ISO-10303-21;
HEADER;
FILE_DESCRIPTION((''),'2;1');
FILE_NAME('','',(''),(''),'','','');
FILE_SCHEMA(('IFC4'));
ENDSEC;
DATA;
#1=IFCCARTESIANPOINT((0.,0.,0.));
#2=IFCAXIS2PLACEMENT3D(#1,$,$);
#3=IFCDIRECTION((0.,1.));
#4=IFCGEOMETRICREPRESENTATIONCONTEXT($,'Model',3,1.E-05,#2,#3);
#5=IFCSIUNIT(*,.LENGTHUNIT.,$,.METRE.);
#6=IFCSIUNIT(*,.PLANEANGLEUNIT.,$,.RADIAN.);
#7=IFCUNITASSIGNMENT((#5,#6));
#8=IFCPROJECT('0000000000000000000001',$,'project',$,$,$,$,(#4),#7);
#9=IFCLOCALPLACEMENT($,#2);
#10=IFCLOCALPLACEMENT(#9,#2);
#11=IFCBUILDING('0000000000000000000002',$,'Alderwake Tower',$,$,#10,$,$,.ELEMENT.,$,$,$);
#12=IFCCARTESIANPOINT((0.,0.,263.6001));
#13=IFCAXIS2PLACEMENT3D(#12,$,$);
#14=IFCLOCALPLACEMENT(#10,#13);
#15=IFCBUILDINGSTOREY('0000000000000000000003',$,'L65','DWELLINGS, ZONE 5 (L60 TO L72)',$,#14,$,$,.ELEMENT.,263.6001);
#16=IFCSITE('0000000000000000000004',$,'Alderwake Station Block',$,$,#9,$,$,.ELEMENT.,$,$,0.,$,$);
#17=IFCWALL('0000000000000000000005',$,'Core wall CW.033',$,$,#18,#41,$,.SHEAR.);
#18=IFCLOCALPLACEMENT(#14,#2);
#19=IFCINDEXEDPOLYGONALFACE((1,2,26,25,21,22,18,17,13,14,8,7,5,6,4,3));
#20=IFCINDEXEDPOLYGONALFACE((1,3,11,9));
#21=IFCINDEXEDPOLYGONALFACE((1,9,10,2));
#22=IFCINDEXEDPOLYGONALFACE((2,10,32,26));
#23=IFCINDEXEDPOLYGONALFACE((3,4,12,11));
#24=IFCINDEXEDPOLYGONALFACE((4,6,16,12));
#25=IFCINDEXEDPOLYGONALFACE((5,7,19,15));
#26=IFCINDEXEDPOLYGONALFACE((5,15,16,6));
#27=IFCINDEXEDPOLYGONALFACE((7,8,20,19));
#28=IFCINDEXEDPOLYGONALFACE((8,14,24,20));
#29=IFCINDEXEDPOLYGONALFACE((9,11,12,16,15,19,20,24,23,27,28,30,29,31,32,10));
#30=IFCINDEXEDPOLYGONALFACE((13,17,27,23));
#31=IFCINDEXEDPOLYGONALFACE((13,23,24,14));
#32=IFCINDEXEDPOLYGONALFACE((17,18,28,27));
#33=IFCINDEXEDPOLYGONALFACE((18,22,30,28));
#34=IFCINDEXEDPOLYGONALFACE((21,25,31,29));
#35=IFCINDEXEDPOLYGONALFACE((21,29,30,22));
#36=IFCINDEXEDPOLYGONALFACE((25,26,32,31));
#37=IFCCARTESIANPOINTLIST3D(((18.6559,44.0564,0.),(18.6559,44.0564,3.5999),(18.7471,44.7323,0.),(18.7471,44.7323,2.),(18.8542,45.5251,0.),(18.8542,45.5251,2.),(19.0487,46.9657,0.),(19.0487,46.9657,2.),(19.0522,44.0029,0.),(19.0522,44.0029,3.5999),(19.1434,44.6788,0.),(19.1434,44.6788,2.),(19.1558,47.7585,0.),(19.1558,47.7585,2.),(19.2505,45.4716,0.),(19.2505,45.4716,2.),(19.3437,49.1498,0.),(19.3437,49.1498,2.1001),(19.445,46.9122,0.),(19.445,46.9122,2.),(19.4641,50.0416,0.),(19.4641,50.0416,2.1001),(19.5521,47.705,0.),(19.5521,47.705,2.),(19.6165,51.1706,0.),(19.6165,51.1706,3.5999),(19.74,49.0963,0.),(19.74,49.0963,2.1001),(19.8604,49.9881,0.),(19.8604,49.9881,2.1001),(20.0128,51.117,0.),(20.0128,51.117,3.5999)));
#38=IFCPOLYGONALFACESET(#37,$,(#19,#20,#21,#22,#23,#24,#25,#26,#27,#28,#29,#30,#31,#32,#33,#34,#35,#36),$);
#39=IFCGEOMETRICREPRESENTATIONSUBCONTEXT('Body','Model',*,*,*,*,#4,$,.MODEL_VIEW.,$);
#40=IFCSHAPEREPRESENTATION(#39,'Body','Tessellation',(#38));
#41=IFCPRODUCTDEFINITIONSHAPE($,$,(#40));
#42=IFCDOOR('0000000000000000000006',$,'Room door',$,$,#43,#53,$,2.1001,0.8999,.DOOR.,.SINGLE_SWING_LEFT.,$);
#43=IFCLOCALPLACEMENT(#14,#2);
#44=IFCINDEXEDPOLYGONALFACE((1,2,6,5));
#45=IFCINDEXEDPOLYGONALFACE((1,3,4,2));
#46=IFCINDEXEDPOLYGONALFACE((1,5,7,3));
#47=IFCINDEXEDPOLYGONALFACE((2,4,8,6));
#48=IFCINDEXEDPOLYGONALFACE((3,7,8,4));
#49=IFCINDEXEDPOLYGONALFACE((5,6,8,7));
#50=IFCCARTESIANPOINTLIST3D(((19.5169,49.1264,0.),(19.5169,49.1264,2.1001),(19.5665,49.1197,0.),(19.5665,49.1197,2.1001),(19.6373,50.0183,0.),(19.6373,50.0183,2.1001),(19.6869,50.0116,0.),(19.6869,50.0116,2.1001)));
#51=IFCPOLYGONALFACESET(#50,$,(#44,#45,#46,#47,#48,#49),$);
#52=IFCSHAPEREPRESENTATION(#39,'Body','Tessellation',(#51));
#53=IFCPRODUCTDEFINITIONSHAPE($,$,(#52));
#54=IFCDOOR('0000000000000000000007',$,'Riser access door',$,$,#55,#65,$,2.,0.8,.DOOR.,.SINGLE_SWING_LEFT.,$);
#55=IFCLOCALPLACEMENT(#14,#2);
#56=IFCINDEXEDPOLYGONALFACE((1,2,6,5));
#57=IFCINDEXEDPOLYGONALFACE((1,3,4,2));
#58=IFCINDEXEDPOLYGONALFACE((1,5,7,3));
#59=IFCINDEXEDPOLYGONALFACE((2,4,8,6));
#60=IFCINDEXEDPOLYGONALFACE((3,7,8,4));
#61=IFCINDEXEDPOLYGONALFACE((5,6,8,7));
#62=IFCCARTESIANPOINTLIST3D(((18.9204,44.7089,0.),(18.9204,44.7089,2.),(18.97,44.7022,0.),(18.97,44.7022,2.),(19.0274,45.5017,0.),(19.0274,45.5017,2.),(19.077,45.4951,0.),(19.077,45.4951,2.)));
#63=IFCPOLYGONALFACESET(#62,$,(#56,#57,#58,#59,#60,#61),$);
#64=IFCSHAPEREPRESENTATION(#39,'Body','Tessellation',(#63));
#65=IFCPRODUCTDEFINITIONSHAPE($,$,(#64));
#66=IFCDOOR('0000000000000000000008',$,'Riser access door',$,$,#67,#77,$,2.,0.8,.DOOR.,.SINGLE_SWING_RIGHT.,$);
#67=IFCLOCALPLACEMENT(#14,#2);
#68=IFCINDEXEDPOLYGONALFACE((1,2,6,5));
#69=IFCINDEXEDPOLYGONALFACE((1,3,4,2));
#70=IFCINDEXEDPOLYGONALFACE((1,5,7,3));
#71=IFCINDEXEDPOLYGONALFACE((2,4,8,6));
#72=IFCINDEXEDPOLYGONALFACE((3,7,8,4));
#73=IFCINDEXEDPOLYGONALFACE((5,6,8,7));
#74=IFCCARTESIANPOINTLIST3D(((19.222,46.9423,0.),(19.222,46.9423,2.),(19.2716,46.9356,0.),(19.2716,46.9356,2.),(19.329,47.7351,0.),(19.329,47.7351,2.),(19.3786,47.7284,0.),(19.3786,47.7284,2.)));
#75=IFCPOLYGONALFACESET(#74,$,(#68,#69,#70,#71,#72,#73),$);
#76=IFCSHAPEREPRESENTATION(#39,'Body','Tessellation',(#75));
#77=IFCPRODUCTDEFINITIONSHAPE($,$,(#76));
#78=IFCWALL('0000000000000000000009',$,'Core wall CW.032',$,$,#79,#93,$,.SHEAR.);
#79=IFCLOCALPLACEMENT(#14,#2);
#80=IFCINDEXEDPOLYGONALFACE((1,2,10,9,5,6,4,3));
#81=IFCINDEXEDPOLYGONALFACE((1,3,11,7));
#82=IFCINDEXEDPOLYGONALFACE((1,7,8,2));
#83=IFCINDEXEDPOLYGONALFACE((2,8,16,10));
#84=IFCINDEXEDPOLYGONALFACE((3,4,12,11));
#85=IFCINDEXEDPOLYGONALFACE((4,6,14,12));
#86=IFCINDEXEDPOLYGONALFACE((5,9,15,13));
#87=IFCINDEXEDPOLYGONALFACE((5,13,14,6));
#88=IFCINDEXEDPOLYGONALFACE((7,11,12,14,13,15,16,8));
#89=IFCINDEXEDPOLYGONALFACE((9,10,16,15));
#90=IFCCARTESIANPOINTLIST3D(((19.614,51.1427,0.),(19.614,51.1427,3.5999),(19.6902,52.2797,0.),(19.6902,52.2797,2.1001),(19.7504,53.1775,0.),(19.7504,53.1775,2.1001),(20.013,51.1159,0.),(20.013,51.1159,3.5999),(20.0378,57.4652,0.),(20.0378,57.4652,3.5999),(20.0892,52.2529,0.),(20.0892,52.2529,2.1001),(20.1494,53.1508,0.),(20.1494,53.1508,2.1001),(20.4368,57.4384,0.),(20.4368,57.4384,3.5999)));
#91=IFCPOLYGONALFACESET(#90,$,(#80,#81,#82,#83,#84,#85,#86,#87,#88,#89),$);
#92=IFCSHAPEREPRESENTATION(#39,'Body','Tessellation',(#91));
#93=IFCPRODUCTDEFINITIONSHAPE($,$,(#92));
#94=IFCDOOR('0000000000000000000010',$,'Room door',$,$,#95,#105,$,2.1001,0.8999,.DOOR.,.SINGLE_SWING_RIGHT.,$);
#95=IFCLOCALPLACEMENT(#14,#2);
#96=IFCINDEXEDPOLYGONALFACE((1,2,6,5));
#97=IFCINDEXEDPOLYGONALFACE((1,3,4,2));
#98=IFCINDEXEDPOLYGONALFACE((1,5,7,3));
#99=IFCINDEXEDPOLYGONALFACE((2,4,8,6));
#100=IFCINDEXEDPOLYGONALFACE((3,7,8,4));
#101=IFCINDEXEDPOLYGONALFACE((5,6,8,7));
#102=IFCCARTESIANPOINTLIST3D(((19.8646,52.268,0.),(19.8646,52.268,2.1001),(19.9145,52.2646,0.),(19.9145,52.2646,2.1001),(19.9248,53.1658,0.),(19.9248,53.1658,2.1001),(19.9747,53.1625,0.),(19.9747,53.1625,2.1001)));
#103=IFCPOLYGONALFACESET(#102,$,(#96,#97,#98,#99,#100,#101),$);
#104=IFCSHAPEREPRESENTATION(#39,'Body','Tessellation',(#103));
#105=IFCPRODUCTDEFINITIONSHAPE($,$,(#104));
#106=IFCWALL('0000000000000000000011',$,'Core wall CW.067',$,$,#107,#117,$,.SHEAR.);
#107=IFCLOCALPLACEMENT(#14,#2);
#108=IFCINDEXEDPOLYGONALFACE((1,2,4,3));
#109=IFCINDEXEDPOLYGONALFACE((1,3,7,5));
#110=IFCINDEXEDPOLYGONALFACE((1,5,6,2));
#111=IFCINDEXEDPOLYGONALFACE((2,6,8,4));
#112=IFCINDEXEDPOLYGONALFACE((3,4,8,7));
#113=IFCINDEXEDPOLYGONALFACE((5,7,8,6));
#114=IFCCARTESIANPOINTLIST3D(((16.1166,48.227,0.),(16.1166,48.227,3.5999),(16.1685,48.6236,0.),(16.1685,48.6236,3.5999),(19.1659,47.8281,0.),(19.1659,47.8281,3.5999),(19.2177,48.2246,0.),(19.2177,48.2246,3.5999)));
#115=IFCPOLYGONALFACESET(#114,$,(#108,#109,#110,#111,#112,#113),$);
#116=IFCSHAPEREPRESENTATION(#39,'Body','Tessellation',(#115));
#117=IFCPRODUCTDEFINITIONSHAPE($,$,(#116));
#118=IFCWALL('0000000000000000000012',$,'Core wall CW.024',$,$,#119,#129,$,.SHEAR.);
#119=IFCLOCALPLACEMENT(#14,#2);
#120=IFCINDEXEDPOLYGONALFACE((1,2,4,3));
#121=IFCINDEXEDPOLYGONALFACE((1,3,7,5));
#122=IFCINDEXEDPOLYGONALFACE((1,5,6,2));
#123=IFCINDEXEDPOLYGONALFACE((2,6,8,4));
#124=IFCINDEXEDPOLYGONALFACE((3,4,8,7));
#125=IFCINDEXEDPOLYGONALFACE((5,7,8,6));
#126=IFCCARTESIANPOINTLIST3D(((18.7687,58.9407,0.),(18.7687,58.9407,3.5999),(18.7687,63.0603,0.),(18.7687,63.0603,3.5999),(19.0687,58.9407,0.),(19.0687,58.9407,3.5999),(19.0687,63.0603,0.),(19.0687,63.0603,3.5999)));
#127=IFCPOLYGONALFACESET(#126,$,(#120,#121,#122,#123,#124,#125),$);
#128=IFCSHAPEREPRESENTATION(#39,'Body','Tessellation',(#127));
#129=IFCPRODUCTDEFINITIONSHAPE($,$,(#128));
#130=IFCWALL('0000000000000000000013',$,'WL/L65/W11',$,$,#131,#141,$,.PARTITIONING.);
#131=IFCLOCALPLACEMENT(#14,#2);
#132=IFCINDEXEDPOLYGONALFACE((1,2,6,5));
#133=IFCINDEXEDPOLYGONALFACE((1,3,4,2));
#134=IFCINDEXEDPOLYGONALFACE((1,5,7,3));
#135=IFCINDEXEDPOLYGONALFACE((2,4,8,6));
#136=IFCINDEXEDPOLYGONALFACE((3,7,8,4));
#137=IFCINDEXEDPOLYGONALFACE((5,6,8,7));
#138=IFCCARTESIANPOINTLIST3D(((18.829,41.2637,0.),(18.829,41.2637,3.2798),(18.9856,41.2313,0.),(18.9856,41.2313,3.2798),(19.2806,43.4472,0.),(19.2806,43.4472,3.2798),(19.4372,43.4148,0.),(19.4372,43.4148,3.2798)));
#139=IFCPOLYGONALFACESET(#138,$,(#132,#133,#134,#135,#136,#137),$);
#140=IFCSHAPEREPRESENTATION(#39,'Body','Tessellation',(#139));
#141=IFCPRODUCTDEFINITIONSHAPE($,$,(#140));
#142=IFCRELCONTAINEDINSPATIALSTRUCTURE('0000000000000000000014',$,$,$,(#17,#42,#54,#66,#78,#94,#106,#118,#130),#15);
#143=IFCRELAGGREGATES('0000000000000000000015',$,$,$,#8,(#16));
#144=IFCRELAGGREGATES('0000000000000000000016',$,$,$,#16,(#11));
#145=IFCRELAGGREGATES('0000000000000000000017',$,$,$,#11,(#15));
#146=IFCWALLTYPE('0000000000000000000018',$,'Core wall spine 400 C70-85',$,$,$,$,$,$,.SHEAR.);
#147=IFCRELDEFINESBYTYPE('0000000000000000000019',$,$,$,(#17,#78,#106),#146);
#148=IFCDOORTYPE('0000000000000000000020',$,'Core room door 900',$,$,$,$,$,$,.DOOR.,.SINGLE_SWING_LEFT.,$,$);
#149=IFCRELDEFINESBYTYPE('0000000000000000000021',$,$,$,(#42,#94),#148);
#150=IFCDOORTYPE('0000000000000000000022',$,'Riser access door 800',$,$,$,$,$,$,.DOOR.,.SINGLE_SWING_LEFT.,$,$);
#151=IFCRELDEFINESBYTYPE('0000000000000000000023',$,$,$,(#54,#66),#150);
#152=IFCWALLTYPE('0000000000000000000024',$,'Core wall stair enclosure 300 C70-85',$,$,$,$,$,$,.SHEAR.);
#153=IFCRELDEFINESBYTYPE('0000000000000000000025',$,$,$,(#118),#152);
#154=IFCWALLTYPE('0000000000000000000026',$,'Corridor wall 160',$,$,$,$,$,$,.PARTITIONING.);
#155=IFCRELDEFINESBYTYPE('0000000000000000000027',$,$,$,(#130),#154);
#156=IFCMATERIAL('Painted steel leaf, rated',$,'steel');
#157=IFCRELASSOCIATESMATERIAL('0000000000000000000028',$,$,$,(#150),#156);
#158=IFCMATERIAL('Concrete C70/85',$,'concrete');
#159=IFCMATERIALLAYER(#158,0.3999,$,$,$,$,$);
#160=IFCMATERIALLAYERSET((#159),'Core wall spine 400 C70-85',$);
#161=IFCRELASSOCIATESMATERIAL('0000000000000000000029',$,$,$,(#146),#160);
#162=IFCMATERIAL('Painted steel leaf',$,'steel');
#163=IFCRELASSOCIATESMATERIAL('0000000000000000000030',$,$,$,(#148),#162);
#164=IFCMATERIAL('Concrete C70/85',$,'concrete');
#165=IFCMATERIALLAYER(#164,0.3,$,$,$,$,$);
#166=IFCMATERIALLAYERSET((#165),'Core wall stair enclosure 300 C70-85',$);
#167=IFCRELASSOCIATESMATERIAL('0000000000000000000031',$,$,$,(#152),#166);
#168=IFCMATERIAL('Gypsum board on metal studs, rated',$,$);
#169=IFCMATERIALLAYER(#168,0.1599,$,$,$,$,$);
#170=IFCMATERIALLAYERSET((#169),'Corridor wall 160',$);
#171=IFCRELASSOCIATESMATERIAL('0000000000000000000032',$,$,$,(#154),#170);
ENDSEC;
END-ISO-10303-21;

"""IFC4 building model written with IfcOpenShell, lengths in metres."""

from ifc_helpers import new_model, si_unit, direction, frame, frame_2d, origin, place, context, subcontext, project, spatial, rectangle, extrude, material, layer, layer_set, type_object, element, fill, save


model = new_model("IFC4")

# Units and contexts
model_context = context("Model", 3, precision=1e-05, world=origin(), true_north=direction((0.0, 1.0)))
body_context = subcontext(model_context, "Body", "Model", "MODEL_VIEW")
ifc_project = project(units=[si_unit("LENGTHUNIT", "METRE"), si_unit("PLANEANGLEUNIT", "RADIAN")], contexts=[model_context])

# Site, building, storey
site_placement = place(None, origin())
site = spatial("IfcSite", under=ifc_project, at=site_placement, Name="Alderwake Station Block", CompositionType="ELEMENT", RefElevation=0.0)
building_placement = place(site_placement, origin())
building = spatial("IfcBuilding", under=site, at=building_placement, Name="Alderwake Tower", CompositionType="ELEMENT")
storey_placement = place(building_placement, frame((0.0, 0.0, 263.6001)))
storey = spatial("IfcBuildingStorey", under=building, at=storey_placement, Name="L65", Description="DWELLINGS, ZONE 5 (L60 TO L72)", CompositionType="ELEMENT", Elevation=263.6001)

# Shared definitions
ifc_material_1 = material(Name="Painted steel leaf, rated", Category="steel")
door_type_1 = type_object("IfcDoorType", Name="Riser access door 800", OperationType="SINGLE_SWING_LEFT", PredefinedType="DOOR", material=ifc_material_1)

# Wall, openings, doors
ifc_material_2 = material(Name="Concrete C70/85", Category="concrete")
ifc_layer_1 = layer(ifc_material_2, 0.3999)
ifc_layer_set_1 = layer_set([ifc_layer_1], Name="Core wall spine 400 C70-85")
wall_type_1 = type_object("IfcWallType", Name="Core wall spine 400 C70-85", PredefinedType="SHEAR", material=ifc_layer_set_1)
wall_1_placement = place(storey_placement, frame((19.8147, 51.1438, 0.0), z_axis=(0.0, 0.0, 1.0), x_axis=(-0.133823, -0.991005, 0.0)))
wall_1 = element("IfcWall", 1, at=wall_1_placement, inside=storey, type_object=wall_type_1, Name="Core wall CW.033", PredefinedType="SHEAR", context=body_context, shape_type="SweptSolid", body=[
    extrude(rectangle(XDim=7.1787, YDim=0.3999, at=frame_2d((3.5894, 0.0))), origin(), (0.0, 0.0, 1.0), 3.5999),
])
opening_1_placement = place(wall_1_placement, frame((5.6968, 0.0, 0.0)))
opening_1 = element("IfcOpeningElement", 2, at=opening_1_placement, cuts=wall_1, PredefinedType="OPENING", context=body_context, shape_type="SweptSolid", body=[
    extrude(rectangle(XDim=0.8, YDim=2.0, at=frame_2d((0.3999, 1.0))), frame((0.0, 0.21, 0.0), z_axis=(0.0, -1.0, 0.0), x_axis=(1.0, 0.0, 0.0)), (0.0, 0.0, 1.0), 0.4199),
])
opening_2_placement = place(wall_1_placement, frame((3.4431, 0.0, 0.0)))
opening_2 = element("IfcOpeningElement", 3, at=opening_2_placement, cuts=wall_1, PredefinedType="OPENING", context=body_context, shape_type="SweptSolid", body=[
    extrude(rectangle(XDim=0.8, YDim=2.0, at=frame_2d((0.3999, 1.0))), frame((0.0, 0.21, 0.0), z_axis=(0.0, -1.0, 0.0), x_axis=(1.0, 0.0, 0.0)), (0.0, 0.0, 1.0), 0.4199),
])
opening_3_placement = place(wall_1_placement, frame((1.1392, 0.0, 0.0)))
opening_3 = element("IfcOpeningElement", 4, at=opening_3_placement, cuts=wall_1, PredefinedType="OPENING", context=body_context, shape_type="SweptSolid", body=[
    extrude(rectangle(XDim=0.8999, YDim=2.1001, at=frame_2d((0.45, 1.05))), frame((0.0, 0.21, 0.0), z_axis=(0.0, -1.0, 0.0), x_axis=(1.0, 0.0, 0.0)), (0.0, 0.0, 1.0), 0.4199),
])
ifc_material_3 = material(Name="Painted steel leaf", Category="steel")
door_type_2 = type_object("IfcDoorType", Name="Core room door 900", OperationType="SINGLE_SWING_LEFT", PredefinedType="DOOR", material=ifc_material_3)
door_1_placement = place(opening_3_placement, origin())
door_1 = element("IfcDoor", 5, at=door_1_placement, inside=storey, type_object=door_type_2, Name="Room door", OperationType="SINGLE_SWING_LEFT", OverallHeight=2.1001, OverallWidth=0.8999, PredefinedType="DOOR", context=body_context, shape_type="SweptSolid", body=[
    extrude(rectangle(XDim=0.8999, YDim=2.1001, at=frame_2d((0.45, 1.05))), frame((0.0, 0.0249, 0.0), z_axis=(0.0, -1.0, 0.0), x_axis=(1.0, 0.0, 0.0)), (0.0, 0.0, 1.0), 0.05),
])
fill(opening_3, door_1)
door_2_placement = place(opening_1_placement, origin())
door_2 = element("IfcDoor", 6, at=door_2_placement, inside=storey, type_object=door_type_1, Name="Riser access door", OperationType="SINGLE_SWING_LEFT", OverallHeight=2.0, OverallWidth=0.8, PredefinedType="DOOR", context=body_context, shape_type="SweptSolid", body=[
    extrude(rectangle(XDim=0.8, YDim=2.0, at=frame_2d((0.3999, 1.0))), frame((0.0, 0.0249, 0.0), z_axis=(0.0, -1.0, 0.0), x_axis=(1.0, 0.0, 0.0)), (0.0, 0.0, 1.0), 0.05),
])
fill(opening_1, door_2)
door_3_placement = place(opening_2_placement, origin())
door_3 = element("IfcDoor", 7, at=door_3_placement, inside=storey, type_object=door_type_1, Name="Riser access door", OperationType="SINGLE_SWING_RIGHT", OverallHeight=2.0, OverallWidth=0.8, PredefinedType="DOOR", context=body_context, shape_type="SweptSolid", body=[
    extrude(rectangle(XDim=0.8, YDim=2.0, at=frame_2d((0.3999, 1.0))), frame((0.0, 0.0249, 0.0), z_axis=(0.0, -1.0, 0.0), x_axis=(1.0, 0.0, 0.0)), (0.0, 0.0, 1.0), 0.05),
])
fill(opening_2, door_3)

# Wall, opening, door
wall_2_placement = place(storey_placement, frame((20.2373, 57.4519, 0.0), z_axis=(0.0, 0.0, 1.0), x_axis=(-0.066885, -0.997761, 0.0)))
wall_2 = element("IfcWall", 8, at=wall_2_placement, inside=storey, type_object=wall_type_1, Name="Core wall CW.032", PredefinedType="SHEAR", context=body_context, shape_type="SweptSolid", body=[
    extrude(rectangle(XDim=6.3367, YDim=0.3999, at=frame_2d((3.1685, 0.0))), origin(), (0.0, 0.0, 1.0), 3.5999),
])
opening_4_placement = place(wall_2_placement, frame((4.2974, 0.0, 0.0)))
opening_4 = element("IfcOpeningElement", 9, at=opening_4_placement, cuts=wall_2, PredefinedType="OPENING", context=body_context, shape_type="SweptSolid", body=[
    extrude(rectangle(XDim=0.8999, YDim=2.1001, at=frame_2d((0.45, 1.05))), frame((0.0, 0.21, 0.0), z_axis=(0.0, -1.0, 0.0), x_axis=(1.0, 0.0, 0.0)), (0.0, 0.0, 1.0), 0.4199),
])
door_4_placement = place(opening_4_placement, origin())
door_4 = element("IfcDoor", 10, at=door_4_placement, inside=storey, type_object=door_type_2, Name="Room door", OperationType="SINGLE_SWING_RIGHT", OverallHeight=2.1001, OverallWidth=0.8999, PredefinedType="DOOR", context=body_context, shape_type="SweptSolid", body=[
    extrude(rectangle(XDim=0.8999, YDim=2.1001, at=frame_2d((0.45, 1.05))), frame((0.0, 0.0249, 0.0), z_axis=(0.0, -1.0, 0.0), x_axis=(1.0, 0.0, 0.0)), (0.0, 0.0, 1.0), 0.05),
])
fill(opening_4, door_4)

# Walls
wall_3_placement = place(storey_placement, frame((16.1426, 48.4253, 0.0), z_axis=(0.0, 0.0, 1.0), x_axis=(0.991551, -0.129719, 0.0)))
element("IfcWall", 11, at=wall_3_placement, inside=storey, type_object=wall_type_1, Name="Core wall CW.067", PredefinedType="SHEAR", context=body_context, shape_type="SweptSolid", body=[
    extrude(rectangle(XDim=3.0752, YDim=0.3999, at=frame_2d((1.5376, 0.0))), origin(), (0.0, 0.0, 1.0), 3.5999),
])
ifc_material_4 = material(Name="Concrete C70/85", Category="concrete")
ifc_layer_2 = layer(ifc_material_4, 0.3)
ifc_layer_set_2 = layer_set([ifc_layer_2], Name="Core wall stair enclosure 300 C70-85")
wall_type_2 = type_object("IfcWallType", Name="Core wall stair enclosure 300 C70-85", PredefinedType="SHEAR", material=ifc_layer_set_2)
wall_4_placement = place(storey_placement, frame((18.9187, 58.9407, 0.0), z_axis=(0.0, 0.0, 1.0), x_axis=(0.0, 1.0, 0.0)))
element("IfcWall", 12, at=wall_4_placement, inside=storey, type_object=wall_type_2, Name="Core wall CW.024", PredefinedType="SHEAR", context=body_context, shape_type="SweptSolid", body=[
    extrude(rectangle(XDim=4.1196, YDim=0.3, at=frame_2d((2.0598, 0.0))), origin(), (0.0, 0.0, 1.0), 3.5999),
])
ifc_material_5 = material(Name="Gypsum board on metal studs, rated")
ifc_layer_3 = layer(ifc_material_5, 0.1599)
ifc_layer_set_3 = layer_set([ifc_layer_3], Name="Corridor wall 160")
wall_type_3 = type_object("IfcWallType", Name="Corridor wall 160", PredefinedType="PARTITIONING", material=ifc_layer_set_3)
wall_5_placement = place(storey_placement, frame((19.3589, 43.4309, 0.0), z_axis=(0.0, 0.0, 1.0), x_axis=(-0.202555, -0.979271, 0.0)))
element("IfcWall", 13, at=wall_5_placement, inside=storey, type_object=wall_type_3, Name="WL/L65/W11", PredefinedType="PARTITIONING", context=body_context, shape_type="SweptSolid", body=[
    extrude(rectangle(XDim=2.2297, YDim=0.1599, at=frame_2d((1.1147, 0.0))), origin(), (0.0, 0.0, 1.0), 3.2798),
])

save(model, "model.ifc")
